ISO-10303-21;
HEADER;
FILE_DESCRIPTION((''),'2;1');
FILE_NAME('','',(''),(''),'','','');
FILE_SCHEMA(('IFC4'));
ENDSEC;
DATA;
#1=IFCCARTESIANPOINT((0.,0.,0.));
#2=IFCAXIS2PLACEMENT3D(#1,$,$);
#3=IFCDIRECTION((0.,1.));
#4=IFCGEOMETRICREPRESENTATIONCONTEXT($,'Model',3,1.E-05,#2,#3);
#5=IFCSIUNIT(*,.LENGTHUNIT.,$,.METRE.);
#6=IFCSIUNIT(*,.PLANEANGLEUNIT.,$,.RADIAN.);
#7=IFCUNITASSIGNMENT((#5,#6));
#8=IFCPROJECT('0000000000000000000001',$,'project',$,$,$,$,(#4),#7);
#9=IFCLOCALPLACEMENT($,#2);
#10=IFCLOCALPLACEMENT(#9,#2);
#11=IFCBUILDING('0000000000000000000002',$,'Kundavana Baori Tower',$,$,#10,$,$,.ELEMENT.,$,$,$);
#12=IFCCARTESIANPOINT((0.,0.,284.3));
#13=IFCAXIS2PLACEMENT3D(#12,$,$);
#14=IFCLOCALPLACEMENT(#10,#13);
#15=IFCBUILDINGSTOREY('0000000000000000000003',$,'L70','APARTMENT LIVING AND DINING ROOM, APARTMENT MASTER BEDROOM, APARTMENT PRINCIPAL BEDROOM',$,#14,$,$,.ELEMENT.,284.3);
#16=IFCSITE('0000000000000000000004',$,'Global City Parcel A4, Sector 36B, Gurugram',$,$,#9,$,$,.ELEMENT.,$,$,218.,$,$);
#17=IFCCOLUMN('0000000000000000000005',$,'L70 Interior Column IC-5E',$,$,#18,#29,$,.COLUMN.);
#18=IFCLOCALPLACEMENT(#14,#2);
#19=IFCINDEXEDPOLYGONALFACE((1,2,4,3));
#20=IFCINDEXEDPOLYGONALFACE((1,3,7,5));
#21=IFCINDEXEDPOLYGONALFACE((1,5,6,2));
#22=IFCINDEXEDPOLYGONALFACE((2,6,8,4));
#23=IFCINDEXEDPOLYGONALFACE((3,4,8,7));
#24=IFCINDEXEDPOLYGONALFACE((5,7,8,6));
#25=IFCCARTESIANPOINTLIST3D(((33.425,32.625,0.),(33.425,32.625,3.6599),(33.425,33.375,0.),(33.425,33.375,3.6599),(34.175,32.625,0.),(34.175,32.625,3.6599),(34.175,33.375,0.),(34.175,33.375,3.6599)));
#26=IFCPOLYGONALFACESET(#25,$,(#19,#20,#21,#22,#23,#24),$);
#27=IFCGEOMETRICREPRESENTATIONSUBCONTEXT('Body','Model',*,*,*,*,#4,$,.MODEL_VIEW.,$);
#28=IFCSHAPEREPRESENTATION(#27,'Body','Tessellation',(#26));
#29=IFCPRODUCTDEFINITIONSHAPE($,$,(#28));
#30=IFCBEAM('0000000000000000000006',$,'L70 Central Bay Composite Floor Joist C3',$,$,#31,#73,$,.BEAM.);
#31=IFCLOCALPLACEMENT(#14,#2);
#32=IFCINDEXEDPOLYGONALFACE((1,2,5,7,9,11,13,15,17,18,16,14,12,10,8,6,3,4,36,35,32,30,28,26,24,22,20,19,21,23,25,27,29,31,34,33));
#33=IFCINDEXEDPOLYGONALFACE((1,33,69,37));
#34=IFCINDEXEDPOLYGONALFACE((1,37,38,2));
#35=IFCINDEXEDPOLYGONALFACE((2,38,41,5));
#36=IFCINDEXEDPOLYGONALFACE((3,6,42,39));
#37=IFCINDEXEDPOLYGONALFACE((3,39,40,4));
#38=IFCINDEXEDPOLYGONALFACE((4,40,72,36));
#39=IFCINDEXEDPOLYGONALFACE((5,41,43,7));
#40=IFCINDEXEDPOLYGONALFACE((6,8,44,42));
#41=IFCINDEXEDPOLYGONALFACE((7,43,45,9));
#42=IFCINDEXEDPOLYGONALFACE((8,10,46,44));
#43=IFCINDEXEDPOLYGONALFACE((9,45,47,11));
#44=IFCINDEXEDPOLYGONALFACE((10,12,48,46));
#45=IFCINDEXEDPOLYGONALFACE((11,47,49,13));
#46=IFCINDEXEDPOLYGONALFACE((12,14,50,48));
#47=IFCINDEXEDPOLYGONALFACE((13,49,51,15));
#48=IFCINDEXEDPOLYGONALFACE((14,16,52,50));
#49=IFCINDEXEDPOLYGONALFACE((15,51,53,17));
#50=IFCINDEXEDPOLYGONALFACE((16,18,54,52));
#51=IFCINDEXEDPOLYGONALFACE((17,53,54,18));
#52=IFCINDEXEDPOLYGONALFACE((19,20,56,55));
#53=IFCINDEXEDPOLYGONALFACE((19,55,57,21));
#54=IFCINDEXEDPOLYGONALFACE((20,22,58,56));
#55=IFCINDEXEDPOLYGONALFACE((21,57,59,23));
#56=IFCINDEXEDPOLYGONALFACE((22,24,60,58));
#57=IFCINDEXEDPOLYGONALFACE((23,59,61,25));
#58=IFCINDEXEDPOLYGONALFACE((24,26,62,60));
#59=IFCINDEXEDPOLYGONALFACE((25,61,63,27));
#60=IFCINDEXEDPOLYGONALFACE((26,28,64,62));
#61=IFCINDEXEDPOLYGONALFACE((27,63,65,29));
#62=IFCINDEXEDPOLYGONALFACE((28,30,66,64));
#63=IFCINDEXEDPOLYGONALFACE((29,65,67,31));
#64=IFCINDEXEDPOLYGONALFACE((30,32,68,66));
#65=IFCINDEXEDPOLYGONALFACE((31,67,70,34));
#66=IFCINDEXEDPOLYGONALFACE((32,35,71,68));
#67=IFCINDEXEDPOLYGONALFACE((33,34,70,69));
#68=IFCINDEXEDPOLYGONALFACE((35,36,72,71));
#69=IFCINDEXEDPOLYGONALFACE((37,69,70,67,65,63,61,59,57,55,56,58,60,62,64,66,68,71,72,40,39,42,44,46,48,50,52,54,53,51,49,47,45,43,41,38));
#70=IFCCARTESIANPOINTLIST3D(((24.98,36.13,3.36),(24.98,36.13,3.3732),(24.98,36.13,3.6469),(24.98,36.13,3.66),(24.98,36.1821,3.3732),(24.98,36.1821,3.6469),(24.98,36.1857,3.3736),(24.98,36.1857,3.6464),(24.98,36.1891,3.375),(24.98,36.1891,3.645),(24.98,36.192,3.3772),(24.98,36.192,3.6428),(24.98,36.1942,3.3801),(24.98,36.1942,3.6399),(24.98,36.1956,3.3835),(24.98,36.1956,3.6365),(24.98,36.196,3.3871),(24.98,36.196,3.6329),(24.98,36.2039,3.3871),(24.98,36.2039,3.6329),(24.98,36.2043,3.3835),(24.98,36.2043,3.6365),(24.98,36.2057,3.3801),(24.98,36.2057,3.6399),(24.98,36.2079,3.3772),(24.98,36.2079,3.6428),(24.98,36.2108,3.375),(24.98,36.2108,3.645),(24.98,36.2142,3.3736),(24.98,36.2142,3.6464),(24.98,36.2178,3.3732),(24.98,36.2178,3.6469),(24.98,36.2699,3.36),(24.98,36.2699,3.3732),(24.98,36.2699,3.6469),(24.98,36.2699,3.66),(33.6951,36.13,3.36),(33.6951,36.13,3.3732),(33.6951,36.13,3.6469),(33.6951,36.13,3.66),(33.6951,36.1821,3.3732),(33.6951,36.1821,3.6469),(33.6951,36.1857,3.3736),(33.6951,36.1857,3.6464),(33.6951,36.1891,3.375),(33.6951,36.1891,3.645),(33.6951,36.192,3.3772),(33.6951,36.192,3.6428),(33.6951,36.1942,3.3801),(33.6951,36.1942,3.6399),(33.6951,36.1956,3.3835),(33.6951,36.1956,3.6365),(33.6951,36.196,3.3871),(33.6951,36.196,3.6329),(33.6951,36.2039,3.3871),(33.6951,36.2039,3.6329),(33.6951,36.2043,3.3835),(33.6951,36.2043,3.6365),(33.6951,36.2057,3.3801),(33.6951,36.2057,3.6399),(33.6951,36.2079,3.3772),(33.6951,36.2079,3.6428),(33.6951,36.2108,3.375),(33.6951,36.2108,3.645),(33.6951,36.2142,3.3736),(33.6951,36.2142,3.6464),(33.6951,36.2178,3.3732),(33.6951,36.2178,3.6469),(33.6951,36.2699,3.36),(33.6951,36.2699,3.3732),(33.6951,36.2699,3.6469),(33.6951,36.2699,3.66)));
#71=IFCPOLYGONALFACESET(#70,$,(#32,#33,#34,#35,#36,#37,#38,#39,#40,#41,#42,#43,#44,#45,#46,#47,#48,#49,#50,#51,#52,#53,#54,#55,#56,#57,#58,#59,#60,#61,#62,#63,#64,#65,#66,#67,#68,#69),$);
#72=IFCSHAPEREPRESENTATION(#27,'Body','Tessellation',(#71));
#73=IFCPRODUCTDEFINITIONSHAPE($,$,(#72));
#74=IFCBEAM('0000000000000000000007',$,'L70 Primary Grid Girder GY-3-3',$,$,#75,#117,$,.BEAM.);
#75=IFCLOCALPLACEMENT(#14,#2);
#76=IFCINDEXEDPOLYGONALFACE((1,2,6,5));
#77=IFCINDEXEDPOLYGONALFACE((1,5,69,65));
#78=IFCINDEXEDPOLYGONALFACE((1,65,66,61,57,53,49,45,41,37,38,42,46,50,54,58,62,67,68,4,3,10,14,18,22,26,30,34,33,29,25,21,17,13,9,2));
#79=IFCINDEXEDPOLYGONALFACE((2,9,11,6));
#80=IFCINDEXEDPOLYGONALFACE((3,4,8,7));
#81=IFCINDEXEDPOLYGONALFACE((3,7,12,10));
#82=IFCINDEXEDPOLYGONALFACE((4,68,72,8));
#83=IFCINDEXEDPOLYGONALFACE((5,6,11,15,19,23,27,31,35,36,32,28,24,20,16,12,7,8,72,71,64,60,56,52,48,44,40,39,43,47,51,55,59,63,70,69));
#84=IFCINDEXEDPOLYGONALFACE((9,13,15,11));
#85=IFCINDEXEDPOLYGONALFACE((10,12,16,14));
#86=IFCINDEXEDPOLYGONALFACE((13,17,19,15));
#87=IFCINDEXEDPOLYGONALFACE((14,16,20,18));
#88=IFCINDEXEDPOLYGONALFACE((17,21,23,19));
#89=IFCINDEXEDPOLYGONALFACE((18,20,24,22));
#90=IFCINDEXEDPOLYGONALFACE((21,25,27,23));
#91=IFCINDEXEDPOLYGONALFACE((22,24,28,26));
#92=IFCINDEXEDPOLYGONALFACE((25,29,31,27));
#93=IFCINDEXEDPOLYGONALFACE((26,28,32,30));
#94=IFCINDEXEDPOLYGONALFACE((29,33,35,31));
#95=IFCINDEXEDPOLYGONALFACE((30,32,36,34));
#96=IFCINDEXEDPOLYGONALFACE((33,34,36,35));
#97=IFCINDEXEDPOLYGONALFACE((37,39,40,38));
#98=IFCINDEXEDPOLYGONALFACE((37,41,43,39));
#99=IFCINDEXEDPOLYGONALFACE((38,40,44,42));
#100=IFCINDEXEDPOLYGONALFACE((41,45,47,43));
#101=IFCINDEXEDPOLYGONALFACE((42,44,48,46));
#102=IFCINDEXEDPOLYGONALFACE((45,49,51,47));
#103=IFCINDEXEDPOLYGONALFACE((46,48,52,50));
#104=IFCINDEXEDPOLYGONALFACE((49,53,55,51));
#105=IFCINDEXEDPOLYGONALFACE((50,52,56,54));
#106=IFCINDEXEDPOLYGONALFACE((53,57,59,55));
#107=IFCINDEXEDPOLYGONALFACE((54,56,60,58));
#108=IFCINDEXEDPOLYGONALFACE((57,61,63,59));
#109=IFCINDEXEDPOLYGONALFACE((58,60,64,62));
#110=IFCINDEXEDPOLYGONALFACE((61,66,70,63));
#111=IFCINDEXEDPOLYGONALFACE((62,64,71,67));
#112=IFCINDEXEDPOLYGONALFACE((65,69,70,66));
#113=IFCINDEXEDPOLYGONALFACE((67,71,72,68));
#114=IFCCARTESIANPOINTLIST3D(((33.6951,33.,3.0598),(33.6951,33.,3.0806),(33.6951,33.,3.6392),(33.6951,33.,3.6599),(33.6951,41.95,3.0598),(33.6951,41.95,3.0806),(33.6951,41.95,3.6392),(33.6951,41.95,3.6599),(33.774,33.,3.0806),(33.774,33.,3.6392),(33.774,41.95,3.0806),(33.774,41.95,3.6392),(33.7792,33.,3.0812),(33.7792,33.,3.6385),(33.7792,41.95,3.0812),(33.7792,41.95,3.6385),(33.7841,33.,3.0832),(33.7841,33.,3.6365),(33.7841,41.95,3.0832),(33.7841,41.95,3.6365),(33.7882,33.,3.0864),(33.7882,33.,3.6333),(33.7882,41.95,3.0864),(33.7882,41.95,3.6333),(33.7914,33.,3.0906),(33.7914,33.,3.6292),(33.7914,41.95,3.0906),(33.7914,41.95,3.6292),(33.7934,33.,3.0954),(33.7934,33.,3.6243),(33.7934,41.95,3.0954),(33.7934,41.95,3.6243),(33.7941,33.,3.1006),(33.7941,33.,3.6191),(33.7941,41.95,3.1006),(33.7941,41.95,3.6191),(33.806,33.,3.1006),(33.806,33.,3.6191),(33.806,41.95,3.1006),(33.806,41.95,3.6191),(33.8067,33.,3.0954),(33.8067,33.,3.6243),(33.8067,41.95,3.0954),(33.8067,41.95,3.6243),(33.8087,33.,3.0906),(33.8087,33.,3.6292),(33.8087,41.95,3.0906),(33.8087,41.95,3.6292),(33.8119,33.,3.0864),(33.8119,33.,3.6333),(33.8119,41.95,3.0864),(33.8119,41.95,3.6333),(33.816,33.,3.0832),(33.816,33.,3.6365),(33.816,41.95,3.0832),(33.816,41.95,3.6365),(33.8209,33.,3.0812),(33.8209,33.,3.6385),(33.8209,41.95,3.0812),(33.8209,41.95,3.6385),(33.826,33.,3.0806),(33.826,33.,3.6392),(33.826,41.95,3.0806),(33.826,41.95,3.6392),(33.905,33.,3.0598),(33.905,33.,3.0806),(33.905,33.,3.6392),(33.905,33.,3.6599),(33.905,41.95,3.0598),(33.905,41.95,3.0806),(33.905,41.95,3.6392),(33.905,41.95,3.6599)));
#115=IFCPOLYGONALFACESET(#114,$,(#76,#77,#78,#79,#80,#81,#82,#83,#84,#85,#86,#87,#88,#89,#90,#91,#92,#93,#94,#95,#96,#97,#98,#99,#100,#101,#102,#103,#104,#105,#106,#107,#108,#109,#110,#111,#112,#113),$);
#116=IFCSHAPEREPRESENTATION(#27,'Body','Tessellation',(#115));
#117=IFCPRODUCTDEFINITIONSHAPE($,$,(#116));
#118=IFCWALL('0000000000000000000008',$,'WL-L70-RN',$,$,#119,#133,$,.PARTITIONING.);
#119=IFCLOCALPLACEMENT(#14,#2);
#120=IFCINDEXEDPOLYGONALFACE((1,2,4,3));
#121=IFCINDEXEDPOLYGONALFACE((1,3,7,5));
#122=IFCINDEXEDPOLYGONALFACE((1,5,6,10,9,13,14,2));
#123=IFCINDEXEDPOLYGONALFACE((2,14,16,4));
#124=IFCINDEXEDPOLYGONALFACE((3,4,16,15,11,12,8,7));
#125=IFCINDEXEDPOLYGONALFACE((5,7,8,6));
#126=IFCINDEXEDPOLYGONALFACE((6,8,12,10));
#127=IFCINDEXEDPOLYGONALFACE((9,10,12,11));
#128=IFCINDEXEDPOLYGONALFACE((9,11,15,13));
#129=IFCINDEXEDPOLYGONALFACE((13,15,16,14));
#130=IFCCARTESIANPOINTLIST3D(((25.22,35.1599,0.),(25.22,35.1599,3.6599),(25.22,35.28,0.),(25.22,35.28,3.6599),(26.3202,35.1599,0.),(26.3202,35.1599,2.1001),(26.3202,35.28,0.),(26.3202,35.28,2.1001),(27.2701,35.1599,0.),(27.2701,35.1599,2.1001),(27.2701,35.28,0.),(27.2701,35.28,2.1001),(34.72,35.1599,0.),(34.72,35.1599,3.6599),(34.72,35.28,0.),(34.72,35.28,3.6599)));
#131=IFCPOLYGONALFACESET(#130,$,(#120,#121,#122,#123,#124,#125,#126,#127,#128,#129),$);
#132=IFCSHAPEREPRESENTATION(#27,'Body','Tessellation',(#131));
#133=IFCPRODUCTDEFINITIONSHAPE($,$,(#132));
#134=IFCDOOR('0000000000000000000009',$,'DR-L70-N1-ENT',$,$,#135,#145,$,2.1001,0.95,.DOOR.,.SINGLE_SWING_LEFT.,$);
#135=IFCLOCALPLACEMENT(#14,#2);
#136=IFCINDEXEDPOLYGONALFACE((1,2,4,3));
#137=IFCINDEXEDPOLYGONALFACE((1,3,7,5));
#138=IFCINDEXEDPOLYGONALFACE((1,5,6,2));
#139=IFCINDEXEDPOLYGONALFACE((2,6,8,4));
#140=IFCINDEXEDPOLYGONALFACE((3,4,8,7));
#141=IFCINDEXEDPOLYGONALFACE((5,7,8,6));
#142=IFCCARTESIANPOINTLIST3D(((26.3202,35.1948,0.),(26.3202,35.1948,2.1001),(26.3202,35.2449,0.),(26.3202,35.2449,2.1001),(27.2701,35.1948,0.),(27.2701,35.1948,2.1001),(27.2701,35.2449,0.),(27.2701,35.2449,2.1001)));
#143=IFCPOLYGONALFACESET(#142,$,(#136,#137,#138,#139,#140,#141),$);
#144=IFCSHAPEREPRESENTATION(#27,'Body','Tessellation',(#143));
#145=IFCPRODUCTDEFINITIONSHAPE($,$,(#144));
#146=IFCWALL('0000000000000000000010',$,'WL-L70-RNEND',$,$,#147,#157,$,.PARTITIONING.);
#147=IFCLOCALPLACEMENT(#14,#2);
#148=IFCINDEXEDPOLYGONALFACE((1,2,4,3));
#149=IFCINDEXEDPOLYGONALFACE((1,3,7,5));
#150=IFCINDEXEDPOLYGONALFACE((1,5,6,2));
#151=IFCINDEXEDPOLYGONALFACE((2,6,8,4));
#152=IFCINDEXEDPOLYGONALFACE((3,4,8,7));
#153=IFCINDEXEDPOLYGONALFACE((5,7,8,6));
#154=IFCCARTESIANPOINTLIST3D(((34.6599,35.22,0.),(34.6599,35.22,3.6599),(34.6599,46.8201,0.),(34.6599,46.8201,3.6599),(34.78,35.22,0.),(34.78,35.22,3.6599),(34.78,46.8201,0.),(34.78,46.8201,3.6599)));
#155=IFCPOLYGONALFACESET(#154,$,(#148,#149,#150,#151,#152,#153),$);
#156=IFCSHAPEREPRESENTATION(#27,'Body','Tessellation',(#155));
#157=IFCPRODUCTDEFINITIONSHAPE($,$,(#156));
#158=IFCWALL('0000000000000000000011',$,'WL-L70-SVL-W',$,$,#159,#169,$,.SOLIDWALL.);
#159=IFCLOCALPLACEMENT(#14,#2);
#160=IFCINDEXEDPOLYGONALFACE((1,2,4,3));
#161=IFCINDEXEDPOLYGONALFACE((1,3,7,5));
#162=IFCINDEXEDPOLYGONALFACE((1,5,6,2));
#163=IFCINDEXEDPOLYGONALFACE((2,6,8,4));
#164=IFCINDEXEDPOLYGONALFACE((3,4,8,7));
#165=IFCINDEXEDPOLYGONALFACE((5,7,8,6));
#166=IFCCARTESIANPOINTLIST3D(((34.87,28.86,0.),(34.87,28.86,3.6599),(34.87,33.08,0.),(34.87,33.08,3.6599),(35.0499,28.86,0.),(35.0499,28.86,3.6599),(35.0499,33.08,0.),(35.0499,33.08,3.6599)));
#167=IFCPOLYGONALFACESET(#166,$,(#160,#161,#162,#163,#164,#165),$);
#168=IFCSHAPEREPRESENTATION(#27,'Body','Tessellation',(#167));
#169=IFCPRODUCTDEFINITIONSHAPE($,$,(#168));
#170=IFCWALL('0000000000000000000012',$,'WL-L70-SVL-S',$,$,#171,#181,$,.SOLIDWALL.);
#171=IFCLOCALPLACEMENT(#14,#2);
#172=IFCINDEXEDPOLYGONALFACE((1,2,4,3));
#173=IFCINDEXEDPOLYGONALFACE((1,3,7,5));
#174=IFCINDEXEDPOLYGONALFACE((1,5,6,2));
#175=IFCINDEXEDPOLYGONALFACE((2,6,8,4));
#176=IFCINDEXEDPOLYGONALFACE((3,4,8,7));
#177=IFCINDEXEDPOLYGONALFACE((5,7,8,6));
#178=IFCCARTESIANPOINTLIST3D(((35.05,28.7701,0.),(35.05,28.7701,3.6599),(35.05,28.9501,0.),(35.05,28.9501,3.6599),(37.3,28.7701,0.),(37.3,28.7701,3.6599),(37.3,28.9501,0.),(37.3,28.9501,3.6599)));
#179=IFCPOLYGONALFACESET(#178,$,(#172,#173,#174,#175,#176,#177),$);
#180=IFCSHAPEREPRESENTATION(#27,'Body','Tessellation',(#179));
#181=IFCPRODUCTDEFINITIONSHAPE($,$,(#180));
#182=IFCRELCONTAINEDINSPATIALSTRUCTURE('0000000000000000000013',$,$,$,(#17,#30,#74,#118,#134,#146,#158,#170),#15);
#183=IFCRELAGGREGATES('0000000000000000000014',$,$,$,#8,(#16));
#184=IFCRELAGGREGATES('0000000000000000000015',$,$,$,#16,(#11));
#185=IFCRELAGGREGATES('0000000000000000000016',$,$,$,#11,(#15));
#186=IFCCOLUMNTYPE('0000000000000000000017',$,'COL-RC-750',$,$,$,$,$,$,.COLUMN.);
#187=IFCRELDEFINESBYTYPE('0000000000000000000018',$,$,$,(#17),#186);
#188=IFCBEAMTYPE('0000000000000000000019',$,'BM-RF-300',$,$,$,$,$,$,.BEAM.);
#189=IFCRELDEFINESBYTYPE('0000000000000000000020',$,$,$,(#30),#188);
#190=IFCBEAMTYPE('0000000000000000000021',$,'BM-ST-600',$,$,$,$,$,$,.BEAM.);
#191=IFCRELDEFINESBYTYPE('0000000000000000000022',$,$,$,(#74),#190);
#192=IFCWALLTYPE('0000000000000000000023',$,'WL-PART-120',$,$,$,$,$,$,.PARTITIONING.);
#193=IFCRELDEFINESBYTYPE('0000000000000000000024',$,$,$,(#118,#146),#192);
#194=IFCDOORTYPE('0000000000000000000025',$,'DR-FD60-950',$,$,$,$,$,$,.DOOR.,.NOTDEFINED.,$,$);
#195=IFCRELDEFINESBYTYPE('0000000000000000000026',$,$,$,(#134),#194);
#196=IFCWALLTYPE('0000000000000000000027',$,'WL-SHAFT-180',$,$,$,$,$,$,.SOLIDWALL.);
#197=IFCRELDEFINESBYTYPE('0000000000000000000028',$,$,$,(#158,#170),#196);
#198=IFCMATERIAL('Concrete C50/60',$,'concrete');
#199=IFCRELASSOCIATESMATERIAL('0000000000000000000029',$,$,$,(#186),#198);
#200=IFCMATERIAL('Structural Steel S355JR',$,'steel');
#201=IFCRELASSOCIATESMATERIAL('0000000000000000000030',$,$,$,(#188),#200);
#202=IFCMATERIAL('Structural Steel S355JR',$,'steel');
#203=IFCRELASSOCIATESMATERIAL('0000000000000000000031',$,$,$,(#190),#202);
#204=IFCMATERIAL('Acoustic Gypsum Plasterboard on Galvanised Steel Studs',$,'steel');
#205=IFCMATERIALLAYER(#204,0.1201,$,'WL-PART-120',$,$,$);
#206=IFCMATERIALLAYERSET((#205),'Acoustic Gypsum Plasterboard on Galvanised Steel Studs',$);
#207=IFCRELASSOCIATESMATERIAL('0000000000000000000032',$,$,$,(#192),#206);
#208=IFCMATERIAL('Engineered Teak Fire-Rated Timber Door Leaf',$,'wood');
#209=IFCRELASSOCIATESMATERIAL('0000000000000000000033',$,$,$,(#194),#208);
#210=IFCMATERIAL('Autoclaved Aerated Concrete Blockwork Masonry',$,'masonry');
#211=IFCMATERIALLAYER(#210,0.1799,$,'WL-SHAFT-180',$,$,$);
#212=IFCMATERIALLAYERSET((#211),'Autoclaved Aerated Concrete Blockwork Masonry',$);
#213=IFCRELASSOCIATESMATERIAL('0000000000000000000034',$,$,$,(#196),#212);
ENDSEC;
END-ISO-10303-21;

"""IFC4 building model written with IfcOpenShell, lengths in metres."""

from ifc_helpers import new_model, si_unit, direction, frame, frame_2d, origin, origin_2d, place, context, subcontext, project, spatial, rectangle, i_section, extrude, material, layer, layer_set, material_profile, profile_set, type_object, element, fill, save


model = new_model("IFC4")

# Units and contexts
model_context = context("Model", 3, precision=1e-05, world=origin(), true_north=direction((0.0, 1.0)))
body_context = subcontext(model_context, "Body", "Model", "MODEL_VIEW")
ifc_project = project(units=[si_unit("LENGTHUNIT", "METRE"), si_unit("PLANEANGLEUNIT", "RADIAN")], contexts=[model_context])

# Site, building, storey
site_placement = place(None, origin())
site = spatial("IfcSite", under=ifc_project, at=site_placement, Name="Global City Parcel A4, Sector 36B, Gurugram", CompositionType="ELEMENT", RefElevation=218.0)
building_placement = place(site_placement, origin())
building = spatial("IfcBuilding", under=site, at=building_placement, Name="Kundavana Baori Tower", CompositionType="ELEMENT")
storey_placement = place(building_placement, frame((0.0, 0.0, 284.3)))
storey = spatial("IfcBuildingStorey", under=building, at=storey_placement, Name="L70", Description="APARTMENT LIVING AND DINING ROOM, APARTMENT MASTER BEDROOM, APARTMENT PRINCIPAL BEDROOM", CompositionType="ELEMENT", Elevation=284.3)

# Column
ifc_material_1 = material(Name="Concrete C50/60", Category="concrete")
ifc_material_profile_1 = material_profile(ifc_material_1, rectangle(XDim=0.75, YDim=0.75, at=origin_2d()), Name="RC 750x750")
ifc_profile_set_1 = profile_set([ifc_material_profile_1], Name="Concrete C50/60")
column_type = type_object("IfcColumnType", Name="COL-RC-750", PredefinedType="COLUMN", material=ifc_profile_set_1)
column_placement = place(storey_placement, frame((33.8, 33.0, 0.0), z_axis=(0.0, 0.0, 1.0), x_axis=(1.0, 0.0, 0.0)))
element("IfcColumn", 1, at=column_placement, inside=storey, type_object=column_type, Name="L70 Interior Column IC-5E", PredefinedType="COLUMN", context=body_context, shape_type="SweptSolid", body=[
    extrude(rectangle(XDim=0.75, YDim=0.75, at=origin_2d()), origin(), (0.0, 0.0, 1.0), 3.6599),
])

# Beams
ifc_material_2 = material(Name="Structural Steel S355JR", Category="steel")
ifc_material_profile_2 = material_profile(ifc_material_2, i_section(OverallWidth=0.1399, OverallDepth=0.3, WebThickness=0.0078, FlangeThickness=0.0132, FilletRadius=0.0139, at=origin_2d()), Name="ISMB 300")
ifc_profile_set_2 = profile_set([ifc_material_profile_2], Name="Structural Steel S355JR")
beam_type_1 = type_object("IfcBeamType", Name="BM-RF-300", PredefinedType="BEAM", material=ifc_profile_set_2)
beam_1_placement = place(storey_placement, frame((24.98, 36.2, 3.51), z_axis=(1.0, 0.0, 0.0), x_axis=(0.0, 1.0, 0.0)))
element("IfcBeam", 2, at=beam_1_placement, inside=storey, type_object=beam_type_1, Name="L70 Central Bay Composite Floor Joist C3", PredefinedType="BEAM", context=body_context, shape_type="SweptSolid", body=[
    extrude(i_section(OverallWidth=0.1399, OverallDepth=0.3, WebThickness=0.0078, FlangeThickness=0.0132, FilletRadius=0.0139, at=origin_2d()), origin(), (0.0, 0.0, 1.0), 8.7151),
])
ifc_material_3 = material(Name="Structural Steel S355JR", Category="steel")
ifc_material_profile_3 = material_profile(ifc_material_3, i_section(OverallWidth=0.21, OverallDepth=0.6001, WebThickness=0.012, FlangeThickness=0.0208, FilletRadius=0.02, at=origin_2d()), Name="ISMB 600")
ifc_profile_set_3 = profile_set([ifc_material_profile_3], Name="Structural Steel S355JR")
beam_type_2 = type_object("IfcBeamType", Name="BM-ST-600", PredefinedType="BEAM", material=ifc_profile_set_3)
beam_2_placement = place(storey_placement, frame((33.8, 33.0, 3.3599), z_axis=(0.0, 1.0, 0.0), x_axis=(-1.0, 0.0, 0.0)))
element("IfcBeam", 3, at=beam_2_placement, inside=storey, type_object=beam_type_2, Name="L70 Primary Grid Girder GY-3-3", PredefinedType="BEAM", context=body_context, shape_type="SweptSolid", body=[
    extrude(i_section(OverallWidth=0.21, OverallDepth=0.6001, WebThickness=0.012, FlangeThickness=0.0208, FilletRadius=0.02, at=origin_2d()), origin(), (0.0, 0.0, 1.0), 8.95),
])

# Wall, opening, door
ifc_material_4 = material(Name="Acoustic Gypsum Plasterboard on Galvanised Steel Studs", Category="steel")
ifc_layer_1 = layer(ifc_material_4, 0.1201, Name="WL-PART-120")
ifc_layer_set_1 = layer_set([ifc_layer_1], Name="Acoustic Gypsum Plasterboard on Galvanised Steel Studs")
wall_type_1 = type_object("IfcWallType", Name="WL-PART-120", PredefinedType="PARTITIONING", material=ifc_layer_set_1)
wall_1_placement = place(storey_placement, frame((25.22, 35.22, 0.0), z_axis=(0.0, 0.0, 1.0), x_axis=(1.0, 0.0, 0.0)))
wall_1 = element("IfcWall", 4, at=wall_1_placement, inside=storey, type_object=wall_type_1, Name="WL-L70-RN", PredefinedType="PARTITIONING", context=body_context, shape_type="SweptSolid", body=[
    extrude(rectangle(XDim=9.5, YDim=0.1201, at=frame_2d((4.75, 0.0))), origin(), (0.0, 0.0, 1.0), 3.6599),
])
opening_1_placement = place(wall_1_placement, frame((1.1001, 0.0, 0.0)))
opening_1 = element("IfcOpeningElement", 5, at=opening_1_placement, cuts=wall_1, PredefinedType="OPENING", context=body_context, shape_type="SweptSolid", body=[
    extrude(rectangle(XDim=0.95, YDim=2.1001, at=frame_2d((0.4751, 1.05))), frame((0.0, 0.0701, 0.0), z_axis=(0.0, -1.0, 0.0), x_axis=(1.0, 0.0, 0.0)), (0.0, 0.0, 1.0), 0.1401),
])
ifc_material_5 = material(Name="Engineered Teak Fire-Rated Timber Door Leaf", Category="wood")
door_type_1 = type_object("IfcDoorType", Name="DR-FD60-950", OperationType="NOTDEFINED", PredefinedType="DOOR", material=ifc_material_5)
door_1_placement = place(opening_1_placement, origin())
door_1 = element("IfcDoor", 6, at=door_1_placement, inside=storey, type_object=door_type_1, Name="DR-L70-N1-ENT", OperationType="SINGLE_SWING_LEFT", OverallHeight=2.1001, OverallWidth=0.95, PredefinedType="DOOR", context=body_context, shape_type="SweptSolid", body=[
    extrude(rectangle(XDim=0.95, YDim=2.1001, at=frame_2d((0.4751, 1.05))), frame((0.0, 0.0249, 0.0), z_axis=(0.0, -1.0, 0.0), x_axis=(1.0, 0.0, 0.0)), (0.0, 0.0, 1.0), 0.05),
])
fill(opening_1, door_1)

# Walls
wall_2_placement = place(storey_placement, frame((34.72, 35.22, 0.0), z_axis=(0.0, 0.0, 1.0), x_axis=(0.0, 1.0, 0.0)))
element("IfcWall", 7, at=wall_2_placement, inside=storey, type_object=wall_type_1, Name="WL-L70-RNEND", PredefinedType="PARTITIONING", context=body_context, shape_type="SweptSolid", body=[
    extrude(rectangle(XDim=11.6001, YDim=0.1201, at=frame_2d((5.8, 0.0))), origin(), (0.0, 0.0, 1.0), 3.6599),
])
ifc_material_6 = material(Name="Autoclaved Aerated Concrete Blockwork Masonry", Category="masonry")
ifc_layer_2 = layer(ifc_material_6, 0.1799, Name="WL-SHAFT-180")
ifc_layer_set_2 = layer_set([ifc_layer_2], Name="Autoclaved Aerated Concrete Blockwork Masonry")
wall_type_2 = type_object("IfcWallType", Name="WL-SHAFT-180", PredefinedType="SOLIDWALL", material=ifc_layer_set_2)
wall_3_placement = place(storey_placement, frame((34.96, 28.8601, 0.0), z_axis=(0.0, 0.0, 1.0), x_axis=(0.0, 1.0, 0.0)))
element("IfcWall", 8, at=wall_3_placement, inside=storey, type_object=wall_type_2, Name="WL-L70-SVL-W", PredefinedType="SOLIDWALL", context=body_context, shape_type="SweptSolid", body=[
    extrude(rectangle(XDim=4.22, YDim=0.1799, at=frame_2d((2.1099, 0.0))), origin(), (0.0, 0.0, 1.0), 3.6599),
])
for number, where, z_axis, x_axis, name in (
    (9, (35.05, 28.8601, 0.0), (0.0, 0.0, 1.0), (1.0, 0.0, 0.0), "WL-L70-SVL-S"),
):
    element("IfcWall", number, at=place(storey_placement, frame(where, z_axis=z_axis, x_axis=x_axis)), inside=storey, type_object=wall_type_2, Name=name, PredefinedType="SOLIDWALL", context=body_context, shape_type="SweptSolid", body=[
        extrude(rectangle(XDim=2.25, YDim=0.1799, at=frame_2d((1.125, 0.0))), origin(), (0.0, 0.0, 1.0), 3.6599),
    ])

save(model, "model.ifc")
